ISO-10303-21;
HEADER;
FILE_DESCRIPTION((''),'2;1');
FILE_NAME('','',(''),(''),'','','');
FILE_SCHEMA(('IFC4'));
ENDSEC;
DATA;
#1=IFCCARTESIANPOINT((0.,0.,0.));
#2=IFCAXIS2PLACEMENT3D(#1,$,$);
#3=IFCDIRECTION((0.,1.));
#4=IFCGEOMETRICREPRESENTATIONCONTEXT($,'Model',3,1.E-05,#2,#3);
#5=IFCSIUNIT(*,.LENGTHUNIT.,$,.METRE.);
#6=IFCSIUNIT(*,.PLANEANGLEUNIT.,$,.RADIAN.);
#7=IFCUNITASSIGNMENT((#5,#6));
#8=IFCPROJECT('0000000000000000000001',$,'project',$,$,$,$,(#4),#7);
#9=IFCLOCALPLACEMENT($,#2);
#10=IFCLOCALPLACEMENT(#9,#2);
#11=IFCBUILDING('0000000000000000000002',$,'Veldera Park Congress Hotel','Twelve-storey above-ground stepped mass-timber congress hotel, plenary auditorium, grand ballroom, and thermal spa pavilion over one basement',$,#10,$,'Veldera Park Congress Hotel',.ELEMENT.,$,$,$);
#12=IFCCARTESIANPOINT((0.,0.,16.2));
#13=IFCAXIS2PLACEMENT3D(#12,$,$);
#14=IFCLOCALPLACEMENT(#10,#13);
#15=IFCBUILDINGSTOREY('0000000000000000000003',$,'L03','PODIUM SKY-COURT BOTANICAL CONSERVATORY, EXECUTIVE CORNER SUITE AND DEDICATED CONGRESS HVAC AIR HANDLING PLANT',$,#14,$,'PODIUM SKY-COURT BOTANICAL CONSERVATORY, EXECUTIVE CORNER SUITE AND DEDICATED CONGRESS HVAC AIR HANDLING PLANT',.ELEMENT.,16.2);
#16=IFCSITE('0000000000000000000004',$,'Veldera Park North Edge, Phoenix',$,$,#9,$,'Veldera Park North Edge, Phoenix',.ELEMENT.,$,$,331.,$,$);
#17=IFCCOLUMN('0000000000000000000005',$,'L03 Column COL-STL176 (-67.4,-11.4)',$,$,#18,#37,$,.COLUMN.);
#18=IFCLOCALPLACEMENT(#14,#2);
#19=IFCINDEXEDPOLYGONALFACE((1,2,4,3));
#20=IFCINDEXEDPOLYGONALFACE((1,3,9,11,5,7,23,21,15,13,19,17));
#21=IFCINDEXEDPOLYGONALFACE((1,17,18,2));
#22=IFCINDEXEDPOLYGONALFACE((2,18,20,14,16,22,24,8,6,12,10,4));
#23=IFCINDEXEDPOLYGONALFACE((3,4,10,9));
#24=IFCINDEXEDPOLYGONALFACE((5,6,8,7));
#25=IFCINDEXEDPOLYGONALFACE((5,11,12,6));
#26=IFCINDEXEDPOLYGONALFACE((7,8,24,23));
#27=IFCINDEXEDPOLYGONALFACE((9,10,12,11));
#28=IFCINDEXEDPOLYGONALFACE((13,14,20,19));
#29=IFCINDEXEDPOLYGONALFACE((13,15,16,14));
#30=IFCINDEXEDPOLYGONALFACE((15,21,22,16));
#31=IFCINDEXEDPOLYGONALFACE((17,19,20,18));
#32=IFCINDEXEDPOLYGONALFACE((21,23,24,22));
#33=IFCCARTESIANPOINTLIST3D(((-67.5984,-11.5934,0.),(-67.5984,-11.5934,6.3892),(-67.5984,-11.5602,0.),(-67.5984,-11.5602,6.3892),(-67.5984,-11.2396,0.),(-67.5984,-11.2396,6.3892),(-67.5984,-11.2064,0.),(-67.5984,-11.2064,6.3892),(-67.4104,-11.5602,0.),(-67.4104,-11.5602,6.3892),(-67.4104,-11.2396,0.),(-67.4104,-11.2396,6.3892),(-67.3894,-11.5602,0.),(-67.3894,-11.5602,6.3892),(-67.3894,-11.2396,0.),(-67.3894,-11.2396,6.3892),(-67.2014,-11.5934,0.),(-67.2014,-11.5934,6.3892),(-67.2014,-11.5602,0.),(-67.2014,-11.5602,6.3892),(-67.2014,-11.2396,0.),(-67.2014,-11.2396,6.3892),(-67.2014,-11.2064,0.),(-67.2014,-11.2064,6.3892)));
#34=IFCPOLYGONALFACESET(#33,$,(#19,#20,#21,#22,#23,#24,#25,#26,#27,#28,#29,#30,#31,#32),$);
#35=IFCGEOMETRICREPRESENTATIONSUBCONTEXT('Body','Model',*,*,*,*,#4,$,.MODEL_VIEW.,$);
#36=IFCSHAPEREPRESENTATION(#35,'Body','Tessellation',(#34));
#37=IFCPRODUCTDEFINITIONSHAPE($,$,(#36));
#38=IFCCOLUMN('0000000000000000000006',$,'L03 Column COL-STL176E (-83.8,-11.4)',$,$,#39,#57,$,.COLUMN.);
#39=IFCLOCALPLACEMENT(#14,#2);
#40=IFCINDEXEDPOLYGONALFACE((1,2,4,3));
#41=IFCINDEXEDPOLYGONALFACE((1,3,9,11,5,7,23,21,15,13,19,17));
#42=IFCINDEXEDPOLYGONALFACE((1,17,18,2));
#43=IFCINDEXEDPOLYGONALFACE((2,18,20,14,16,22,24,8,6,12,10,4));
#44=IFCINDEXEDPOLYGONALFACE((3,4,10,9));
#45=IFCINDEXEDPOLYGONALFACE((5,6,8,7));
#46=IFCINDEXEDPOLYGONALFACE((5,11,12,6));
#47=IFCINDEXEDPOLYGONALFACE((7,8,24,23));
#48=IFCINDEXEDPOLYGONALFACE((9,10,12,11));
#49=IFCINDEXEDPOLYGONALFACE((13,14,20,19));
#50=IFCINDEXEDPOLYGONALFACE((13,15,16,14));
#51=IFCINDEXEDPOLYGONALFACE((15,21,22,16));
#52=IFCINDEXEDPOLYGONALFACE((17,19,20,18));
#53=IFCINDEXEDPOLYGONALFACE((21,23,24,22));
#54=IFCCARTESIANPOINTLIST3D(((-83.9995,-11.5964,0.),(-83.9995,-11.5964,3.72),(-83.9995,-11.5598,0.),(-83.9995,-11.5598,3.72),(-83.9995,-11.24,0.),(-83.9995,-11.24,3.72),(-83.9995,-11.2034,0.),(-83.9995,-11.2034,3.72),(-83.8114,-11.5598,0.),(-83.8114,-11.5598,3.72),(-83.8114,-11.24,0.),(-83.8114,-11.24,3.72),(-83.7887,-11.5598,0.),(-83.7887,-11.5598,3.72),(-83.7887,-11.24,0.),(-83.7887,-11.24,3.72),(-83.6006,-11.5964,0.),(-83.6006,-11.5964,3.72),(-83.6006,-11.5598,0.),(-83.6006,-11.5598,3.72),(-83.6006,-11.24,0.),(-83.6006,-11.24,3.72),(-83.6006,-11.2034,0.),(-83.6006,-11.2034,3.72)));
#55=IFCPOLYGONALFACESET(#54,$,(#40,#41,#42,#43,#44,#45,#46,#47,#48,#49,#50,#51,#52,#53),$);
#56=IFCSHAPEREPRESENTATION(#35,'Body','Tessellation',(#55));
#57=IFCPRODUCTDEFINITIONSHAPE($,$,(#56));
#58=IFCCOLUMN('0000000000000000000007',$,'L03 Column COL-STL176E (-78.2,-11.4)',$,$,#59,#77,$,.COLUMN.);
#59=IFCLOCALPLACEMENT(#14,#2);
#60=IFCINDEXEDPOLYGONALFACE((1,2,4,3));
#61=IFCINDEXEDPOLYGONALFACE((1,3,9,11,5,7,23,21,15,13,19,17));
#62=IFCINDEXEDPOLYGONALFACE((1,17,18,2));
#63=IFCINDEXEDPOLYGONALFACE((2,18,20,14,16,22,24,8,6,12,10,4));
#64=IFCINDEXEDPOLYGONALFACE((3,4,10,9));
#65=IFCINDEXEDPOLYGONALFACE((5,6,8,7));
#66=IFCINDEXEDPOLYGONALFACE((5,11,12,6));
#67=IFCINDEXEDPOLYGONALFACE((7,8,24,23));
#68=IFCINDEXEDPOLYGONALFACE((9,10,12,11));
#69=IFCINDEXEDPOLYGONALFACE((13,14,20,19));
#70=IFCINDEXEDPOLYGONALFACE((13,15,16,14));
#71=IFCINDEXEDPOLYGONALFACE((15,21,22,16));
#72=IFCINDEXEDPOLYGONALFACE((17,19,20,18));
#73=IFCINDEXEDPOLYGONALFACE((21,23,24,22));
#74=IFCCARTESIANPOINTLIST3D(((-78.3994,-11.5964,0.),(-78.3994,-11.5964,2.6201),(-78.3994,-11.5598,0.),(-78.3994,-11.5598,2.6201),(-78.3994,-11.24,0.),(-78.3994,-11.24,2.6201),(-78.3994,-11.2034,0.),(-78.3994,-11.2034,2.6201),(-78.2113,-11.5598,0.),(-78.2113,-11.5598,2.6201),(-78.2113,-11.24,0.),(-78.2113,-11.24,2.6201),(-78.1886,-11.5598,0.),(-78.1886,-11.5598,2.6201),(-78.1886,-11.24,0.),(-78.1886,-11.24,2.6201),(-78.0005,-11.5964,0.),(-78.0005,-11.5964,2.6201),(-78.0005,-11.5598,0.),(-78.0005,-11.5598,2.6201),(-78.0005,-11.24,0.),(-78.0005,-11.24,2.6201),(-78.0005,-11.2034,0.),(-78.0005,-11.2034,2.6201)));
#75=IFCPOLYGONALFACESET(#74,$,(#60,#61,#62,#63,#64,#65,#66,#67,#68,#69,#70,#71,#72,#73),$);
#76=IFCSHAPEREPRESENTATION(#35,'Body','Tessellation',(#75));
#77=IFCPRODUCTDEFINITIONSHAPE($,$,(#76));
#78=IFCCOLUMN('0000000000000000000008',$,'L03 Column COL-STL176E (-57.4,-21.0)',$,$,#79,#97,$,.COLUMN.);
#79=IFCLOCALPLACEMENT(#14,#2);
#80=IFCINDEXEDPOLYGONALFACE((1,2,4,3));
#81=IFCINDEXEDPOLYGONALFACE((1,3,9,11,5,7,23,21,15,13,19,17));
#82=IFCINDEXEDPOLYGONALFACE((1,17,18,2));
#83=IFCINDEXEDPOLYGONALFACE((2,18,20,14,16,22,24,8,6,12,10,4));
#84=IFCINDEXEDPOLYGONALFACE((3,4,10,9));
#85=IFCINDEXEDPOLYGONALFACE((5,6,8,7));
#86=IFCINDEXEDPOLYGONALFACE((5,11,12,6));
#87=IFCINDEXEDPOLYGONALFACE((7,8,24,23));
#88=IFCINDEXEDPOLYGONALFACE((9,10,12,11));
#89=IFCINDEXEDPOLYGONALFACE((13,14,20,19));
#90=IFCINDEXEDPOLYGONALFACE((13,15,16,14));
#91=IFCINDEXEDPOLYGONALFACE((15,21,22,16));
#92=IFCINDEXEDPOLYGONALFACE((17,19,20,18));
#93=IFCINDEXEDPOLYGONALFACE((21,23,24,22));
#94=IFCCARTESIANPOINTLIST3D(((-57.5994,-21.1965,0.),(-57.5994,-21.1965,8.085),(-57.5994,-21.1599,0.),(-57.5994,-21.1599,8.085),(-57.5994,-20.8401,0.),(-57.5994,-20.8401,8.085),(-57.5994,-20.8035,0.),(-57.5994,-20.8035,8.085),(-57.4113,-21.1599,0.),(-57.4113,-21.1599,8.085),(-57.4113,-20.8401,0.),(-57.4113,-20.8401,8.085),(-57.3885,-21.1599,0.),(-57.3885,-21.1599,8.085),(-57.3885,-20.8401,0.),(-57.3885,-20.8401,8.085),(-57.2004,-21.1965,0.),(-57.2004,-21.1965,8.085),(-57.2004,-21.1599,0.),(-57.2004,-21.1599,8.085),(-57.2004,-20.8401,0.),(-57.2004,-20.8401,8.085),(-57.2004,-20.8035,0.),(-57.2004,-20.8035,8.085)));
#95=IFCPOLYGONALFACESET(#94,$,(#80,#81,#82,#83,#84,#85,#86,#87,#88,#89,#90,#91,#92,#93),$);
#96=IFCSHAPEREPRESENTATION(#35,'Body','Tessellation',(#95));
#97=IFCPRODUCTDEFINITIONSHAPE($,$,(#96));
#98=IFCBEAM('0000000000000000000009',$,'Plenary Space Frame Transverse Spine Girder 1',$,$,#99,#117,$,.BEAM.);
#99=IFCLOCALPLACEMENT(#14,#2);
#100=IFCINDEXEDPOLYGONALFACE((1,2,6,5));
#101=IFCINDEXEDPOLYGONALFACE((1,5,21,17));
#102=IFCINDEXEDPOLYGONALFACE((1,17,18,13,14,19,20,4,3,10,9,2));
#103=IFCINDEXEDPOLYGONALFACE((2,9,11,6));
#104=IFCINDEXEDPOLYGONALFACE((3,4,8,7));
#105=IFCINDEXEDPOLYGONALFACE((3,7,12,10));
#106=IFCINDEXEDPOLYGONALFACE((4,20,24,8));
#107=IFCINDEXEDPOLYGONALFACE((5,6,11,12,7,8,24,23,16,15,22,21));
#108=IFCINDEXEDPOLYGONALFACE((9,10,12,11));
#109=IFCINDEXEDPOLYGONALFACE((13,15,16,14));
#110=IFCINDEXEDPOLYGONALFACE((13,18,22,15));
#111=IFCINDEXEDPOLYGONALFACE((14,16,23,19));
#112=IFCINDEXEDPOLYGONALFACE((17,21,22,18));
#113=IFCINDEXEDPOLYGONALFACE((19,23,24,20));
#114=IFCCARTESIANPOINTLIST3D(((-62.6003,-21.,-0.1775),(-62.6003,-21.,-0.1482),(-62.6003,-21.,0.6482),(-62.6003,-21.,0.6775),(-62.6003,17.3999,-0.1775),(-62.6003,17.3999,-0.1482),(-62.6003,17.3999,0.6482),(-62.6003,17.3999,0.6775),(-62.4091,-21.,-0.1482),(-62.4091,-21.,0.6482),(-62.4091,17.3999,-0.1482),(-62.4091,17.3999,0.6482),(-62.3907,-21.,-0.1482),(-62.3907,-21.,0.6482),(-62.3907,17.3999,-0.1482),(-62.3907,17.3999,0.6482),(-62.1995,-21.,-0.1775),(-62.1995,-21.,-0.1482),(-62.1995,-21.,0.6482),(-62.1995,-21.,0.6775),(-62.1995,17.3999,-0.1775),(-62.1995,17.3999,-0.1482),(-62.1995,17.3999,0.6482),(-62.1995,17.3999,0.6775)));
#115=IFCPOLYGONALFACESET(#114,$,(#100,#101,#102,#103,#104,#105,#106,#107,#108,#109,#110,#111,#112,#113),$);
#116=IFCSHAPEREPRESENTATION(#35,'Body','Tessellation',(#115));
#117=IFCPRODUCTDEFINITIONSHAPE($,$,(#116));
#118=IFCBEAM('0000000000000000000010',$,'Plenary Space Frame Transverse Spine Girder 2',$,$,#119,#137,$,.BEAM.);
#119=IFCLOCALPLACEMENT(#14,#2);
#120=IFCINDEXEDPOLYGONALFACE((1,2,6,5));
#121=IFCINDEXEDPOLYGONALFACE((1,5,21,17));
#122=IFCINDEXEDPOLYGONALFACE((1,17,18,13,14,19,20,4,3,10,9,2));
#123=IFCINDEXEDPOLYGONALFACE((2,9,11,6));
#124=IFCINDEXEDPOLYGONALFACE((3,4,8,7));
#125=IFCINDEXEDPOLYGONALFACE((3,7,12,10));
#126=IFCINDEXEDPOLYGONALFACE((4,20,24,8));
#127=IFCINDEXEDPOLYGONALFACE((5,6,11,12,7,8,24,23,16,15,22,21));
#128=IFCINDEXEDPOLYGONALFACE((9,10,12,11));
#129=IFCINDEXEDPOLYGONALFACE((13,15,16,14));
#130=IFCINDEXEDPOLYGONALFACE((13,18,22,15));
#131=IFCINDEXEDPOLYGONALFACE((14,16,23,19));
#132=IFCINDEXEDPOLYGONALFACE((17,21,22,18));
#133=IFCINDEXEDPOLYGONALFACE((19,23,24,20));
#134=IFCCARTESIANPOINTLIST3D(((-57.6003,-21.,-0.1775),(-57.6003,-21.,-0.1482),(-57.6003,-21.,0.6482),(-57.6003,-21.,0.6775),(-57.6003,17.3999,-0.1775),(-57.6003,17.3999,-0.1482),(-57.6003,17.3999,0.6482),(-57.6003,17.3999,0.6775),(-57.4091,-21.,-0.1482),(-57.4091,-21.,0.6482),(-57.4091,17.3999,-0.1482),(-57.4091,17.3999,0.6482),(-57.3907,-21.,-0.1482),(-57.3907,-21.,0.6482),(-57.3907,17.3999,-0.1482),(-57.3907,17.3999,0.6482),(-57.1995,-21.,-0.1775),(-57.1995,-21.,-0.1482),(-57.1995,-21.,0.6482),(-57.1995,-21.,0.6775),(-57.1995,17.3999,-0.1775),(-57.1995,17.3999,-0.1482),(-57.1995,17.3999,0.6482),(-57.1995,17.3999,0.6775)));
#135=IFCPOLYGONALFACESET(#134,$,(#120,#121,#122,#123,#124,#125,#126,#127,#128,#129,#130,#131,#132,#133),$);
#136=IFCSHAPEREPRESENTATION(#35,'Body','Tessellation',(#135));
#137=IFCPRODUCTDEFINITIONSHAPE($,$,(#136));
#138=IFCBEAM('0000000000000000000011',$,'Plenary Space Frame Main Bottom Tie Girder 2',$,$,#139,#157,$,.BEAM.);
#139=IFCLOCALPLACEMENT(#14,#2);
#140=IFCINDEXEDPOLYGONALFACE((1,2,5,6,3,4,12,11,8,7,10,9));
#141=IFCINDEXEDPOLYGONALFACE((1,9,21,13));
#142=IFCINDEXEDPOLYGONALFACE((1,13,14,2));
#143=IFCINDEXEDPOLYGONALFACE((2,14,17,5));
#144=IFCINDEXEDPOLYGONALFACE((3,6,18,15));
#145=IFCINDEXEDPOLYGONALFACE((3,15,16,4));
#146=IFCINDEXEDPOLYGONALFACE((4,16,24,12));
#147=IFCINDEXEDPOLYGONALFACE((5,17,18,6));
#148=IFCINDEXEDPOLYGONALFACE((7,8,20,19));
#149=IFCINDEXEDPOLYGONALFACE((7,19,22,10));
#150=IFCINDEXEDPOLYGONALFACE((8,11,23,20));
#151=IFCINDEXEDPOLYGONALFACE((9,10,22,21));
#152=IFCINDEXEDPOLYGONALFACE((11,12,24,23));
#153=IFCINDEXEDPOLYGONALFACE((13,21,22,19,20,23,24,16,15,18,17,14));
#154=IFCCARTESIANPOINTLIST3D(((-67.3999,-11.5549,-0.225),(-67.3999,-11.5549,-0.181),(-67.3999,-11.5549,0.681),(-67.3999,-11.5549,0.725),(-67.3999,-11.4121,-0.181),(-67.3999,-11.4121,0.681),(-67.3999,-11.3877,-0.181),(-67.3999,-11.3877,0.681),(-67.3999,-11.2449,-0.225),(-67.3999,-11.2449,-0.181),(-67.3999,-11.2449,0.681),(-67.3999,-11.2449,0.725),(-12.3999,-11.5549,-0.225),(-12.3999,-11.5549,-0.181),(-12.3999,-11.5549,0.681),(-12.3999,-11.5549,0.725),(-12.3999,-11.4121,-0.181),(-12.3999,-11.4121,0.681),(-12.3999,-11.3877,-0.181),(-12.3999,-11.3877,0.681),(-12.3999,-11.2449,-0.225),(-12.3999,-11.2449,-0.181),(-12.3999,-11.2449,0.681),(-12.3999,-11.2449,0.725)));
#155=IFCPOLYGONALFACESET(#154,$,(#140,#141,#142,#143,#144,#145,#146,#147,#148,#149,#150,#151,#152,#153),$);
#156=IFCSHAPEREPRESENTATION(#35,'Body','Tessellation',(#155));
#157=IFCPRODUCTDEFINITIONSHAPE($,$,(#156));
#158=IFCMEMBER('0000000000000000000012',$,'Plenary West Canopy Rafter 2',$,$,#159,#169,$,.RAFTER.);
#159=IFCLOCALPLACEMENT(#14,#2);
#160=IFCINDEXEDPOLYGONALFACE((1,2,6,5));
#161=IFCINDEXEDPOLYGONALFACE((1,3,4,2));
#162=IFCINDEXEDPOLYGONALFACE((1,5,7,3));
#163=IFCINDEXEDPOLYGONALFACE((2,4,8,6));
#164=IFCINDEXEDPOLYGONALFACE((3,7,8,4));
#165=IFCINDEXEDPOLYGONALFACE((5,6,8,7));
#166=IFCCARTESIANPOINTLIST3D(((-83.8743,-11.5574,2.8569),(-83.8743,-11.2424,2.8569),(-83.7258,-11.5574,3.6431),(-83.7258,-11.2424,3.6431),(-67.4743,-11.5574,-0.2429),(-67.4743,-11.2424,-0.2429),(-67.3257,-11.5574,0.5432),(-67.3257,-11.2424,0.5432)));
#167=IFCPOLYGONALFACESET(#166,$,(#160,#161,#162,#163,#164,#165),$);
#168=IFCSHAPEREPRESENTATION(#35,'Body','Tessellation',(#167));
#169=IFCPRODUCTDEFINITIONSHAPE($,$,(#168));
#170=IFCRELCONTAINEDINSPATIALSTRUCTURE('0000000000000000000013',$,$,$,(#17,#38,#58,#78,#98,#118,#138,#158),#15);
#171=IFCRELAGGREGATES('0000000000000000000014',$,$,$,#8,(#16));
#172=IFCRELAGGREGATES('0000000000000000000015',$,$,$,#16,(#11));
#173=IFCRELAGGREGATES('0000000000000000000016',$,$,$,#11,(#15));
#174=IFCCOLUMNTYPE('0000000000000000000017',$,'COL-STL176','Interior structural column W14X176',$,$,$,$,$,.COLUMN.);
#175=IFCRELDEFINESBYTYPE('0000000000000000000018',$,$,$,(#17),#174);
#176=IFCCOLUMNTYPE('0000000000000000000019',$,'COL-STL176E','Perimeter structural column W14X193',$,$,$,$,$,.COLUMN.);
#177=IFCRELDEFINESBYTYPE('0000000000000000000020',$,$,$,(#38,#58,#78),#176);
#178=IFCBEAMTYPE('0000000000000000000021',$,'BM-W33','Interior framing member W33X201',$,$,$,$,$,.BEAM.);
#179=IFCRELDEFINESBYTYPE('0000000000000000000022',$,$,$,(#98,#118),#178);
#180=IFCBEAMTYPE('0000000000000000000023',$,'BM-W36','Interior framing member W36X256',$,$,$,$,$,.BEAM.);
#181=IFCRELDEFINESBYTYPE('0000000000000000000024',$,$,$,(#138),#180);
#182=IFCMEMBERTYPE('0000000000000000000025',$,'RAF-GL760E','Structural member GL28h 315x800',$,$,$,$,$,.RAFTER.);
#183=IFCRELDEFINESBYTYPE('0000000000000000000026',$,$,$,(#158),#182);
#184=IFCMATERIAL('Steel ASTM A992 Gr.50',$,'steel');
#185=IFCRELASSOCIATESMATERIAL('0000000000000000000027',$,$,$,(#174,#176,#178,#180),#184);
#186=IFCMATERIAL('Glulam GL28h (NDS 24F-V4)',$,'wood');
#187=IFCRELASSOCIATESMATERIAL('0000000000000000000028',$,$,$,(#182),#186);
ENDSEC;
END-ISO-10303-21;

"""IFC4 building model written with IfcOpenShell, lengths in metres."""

from ifc_helpers import new_model, si_unit, direction, frame, origin, origin_2d, place, context, subcontext, project, spatial, rectangle, i_section, extrude, material, material_profile, profile_set, type_object, element, save


model = new_model("IFC4")

# Units and contexts
model_context = context("Model", 3, precision=1e-05, world=origin(), true_north=direction((0.0, 1.0)))
body_context = subcontext(model_context, "Body", "Model", "MODEL_VIEW")
ifc_project = project(units=[si_unit("LENGTHUNIT", "METRE"), si_unit("PLANEANGLEUNIT", "RADIAN")], contexts=[model_context])

# Site, building, storey
site_placement = place(None, origin())
site = spatial("IfcSite", under=ifc_project, at=site_placement, Name="Veldera Park North Edge, Phoenix", LongName="Veldera Park North Edge, Phoenix", CompositionType="ELEMENT", RefElevation=331.0)
building_placement = place(site_placement, origin())
building = spatial("IfcBuilding", under=site, at=building_placement, Name="Veldera Park Congress Hotel", Description="Twelve-storey above-ground stepped mass-timber congress hotel, plenary auditorium, grand ballroom, and thermal spa pavilion over one basement", LongName="Veldera Park Congress Hotel", CompositionType="ELEMENT")
storey_placement = place(building_placement, frame((0.0, 0.0, 16.2)))
storey = spatial("IfcBuildingStorey", under=building, at=storey_placement, Name="L03", Description="PODIUM SKY-COURT BOTANICAL CONSERVATORY, EXECUTIVE CORNER SUITE AND DEDICATED CONGRESS HVAC AIR HANDLING PLANT", LongName="PODIUM SKY-COURT BOTANICAL CONSERVATORY, EXECUTIVE CORNER SUITE AND DEDICATED CONGRESS HVAC AIR HANDLING PLANT", CompositionType="ELEMENT", Elevation=16.2)

# Columns
ifc_material_1 = material(Name="Steel ASTM A992 Gr.50", Category="steel")
ifc_material_profile_1 = material_profile(ifc_material_1, i_section(OverallWidth=0.397, OverallDepth=0.387, WebThickness=0.021, FlangeThickness=0.0332, at=origin_2d()), Name="W14X176")
ifc_profile_set_1 = profile_set([ifc_material_profile_1], Name="Steel ASTM A992 Gr.50")
column_type_1 = type_object("IfcColumnType", Name="COL-STL176", Description="Interior structural column W14X176", PredefinedType="COLUMN", material=ifc_profile_set_1)
column_1_placement = place(storey_placement, frame((-67.3999, -11.3999, 0.0), z_axis=(0.0, 0.0, 1.0), x_axis=(1.0, 0.0, 0.0)))
element("IfcColumn", 1, at=column_1_placement, inside=storey, type_object=column_type_1, Name="L03 Column COL-STL176 (-67.4,-11.4)", PredefinedType="COLUMN", context=body_context, shape_type="SweptSolid", body=[
    extrude(i_section(OverallWidth=0.397, OverallDepth=0.387, WebThickness=0.021, FlangeThickness=0.0332, at=origin_2d()), origin(), (0.0, 0.0, 1.0), 6.3892),
])
ifc_material_profile_2 = material_profile(ifc_material_1, i_section(OverallWidth=0.3989, OverallDepth=0.3931, WebThickness=0.0227, FlangeThickness=0.0366, at=origin_2d()), Name="W14X193")
ifc_profile_set_2 = profile_set([ifc_material_profile_2], Name="Steel ASTM A992 Gr.50")
column_type_2 = type_object("IfcColumnType", Name="COL-STL176E", Description="Perimeter structural column W14X193", PredefinedType="COLUMN", material=ifc_profile_set_2)
column_2_placement = place(storey_placement, frame((-83.8, -11.3999, 0.0), z_axis=(0.0, 0.0, 1.0), x_axis=(1.0, 0.0, 0.0)))
element("IfcColumn", 2, at=column_2_placement, inside=storey, type_object=column_type_2, Name="L03 Column COL-STL176E (-83.8,-11.4)", PredefinedType="COLUMN", context=body_context, shape_type="SweptSolid", body=[
    extrude(i_section(OverallWidth=0.3989, OverallDepth=0.3931, WebThickness=0.0227, FlangeThickness=0.0366, at=origin_2d()), origin(), (0.0, 0.0, 1.0), 3.72),
])
column_3_placement = place(storey_placement, frame((-78.2, -11.3999, 0.0), z_axis=(0.0, 0.0, 1.0), x_axis=(1.0, 0.0, 0.0)))
element("IfcColumn", 3, at=column_3_placement, inside=storey, type_object=column_type_2, Name="L03 Column COL-STL176E (-78.2,-11.4)", PredefinedType="COLUMN", context=body_context, shape_type="SweptSolid", body=[
    extrude(i_section(OverallWidth=0.3989, OverallDepth=0.3931, WebThickness=0.0227, FlangeThickness=0.0366, at=origin_2d()), origin(), (0.0, 0.0, 1.0), 2.6201),
])
column_4_placement = place(storey_placement, frame((-57.3999, -21.0, 0.0), z_axis=(0.0, 0.0, 1.0), x_axis=(1.0, 0.0, 0.0)))
element("IfcColumn", 4, at=column_4_placement, inside=storey, type_object=column_type_2, Name="L03 Column COL-STL176E (-57.4,-21.0)", PredefinedType="COLUMN", context=body_context, shape_type="SweptSolid", body=[
    extrude(i_section(OverallWidth=0.3989, OverallDepth=0.3931, WebThickness=0.0227, FlangeThickness=0.0366, at=origin_2d()), origin(), (0.0, 0.0, 1.0), 8.085),
])

# Beams
ifc_material_profile_3 = material_profile(ifc_material_1, i_section(OverallWidth=0.4009, OverallDepth=0.855, WebThickness=0.0183, FlangeThickness=0.0293, at=origin_2d()), Name="W33X201")
ifc_profile_set_3 = profile_set([ifc_material_profile_3], Name="Steel ASTM A992 Gr.50")
beam_type_1 = type_object("IfcBeamType", Name="BM-W33", Description="Interior framing member W33X201", PredefinedType="BEAM", material=ifc_profile_set_3)
for number, where, z_axis, x_axis, name in (
    (5, (-62.3999, -21.0, 0.25), (0.0, 1.0, 0.0), (-1.0, 0.0, 0.0), "Plenary Space Frame Transverse Spine Girder 1"),
    (6, (-57.3999, -21.0, 0.25), (0.0, 1.0, 0.0), (-1.0, 0.0, 0.0), "Plenary Space Frame Transverse Spine Girder 2"),
):
    element("IfcBeam", number, at=place(storey_placement, frame(where, z_axis=z_axis, x_axis=x_axis)), inside=storey, type_object=beam_type_1, Name=name, PredefinedType="BEAM", context=body_context, shape_type="SweptSolid", body=[
        extrude(i_section(OverallWidth=0.4009, OverallDepth=0.855, WebThickness=0.0183, FlangeThickness=0.0293, at=origin_2d()), origin(), (0.0, 0.0, 1.0), 38.3999),
    ])
ifc_material_profile_4 = material_profile(ifc_material_1, i_section(OverallWidth=0.3101, OverallDepth=0.95, WebThickness=0.0244, FlangeThickness=0.0439, at=origin_2d()), Name="W36X256")
ifc_profile_set_4 = profile_set([ifc_material_profile_4], Name="Steel ASTM A992 Gr.50")
beam_type_2 = type_object("IfcBeamType", Name="BM-W36", Description="Interior framing member W36X256", PredefinedType="BEAM", material=ifc_profile_set_4)
beam_placement = place(storey_placement, frame((-67.3999, -11.3999, 0.25), z_axis=(1.0, 0.0, 0.0), x_axis=(0.0, 1.0, 0.0)))
element("IfcBeam", 7, at=beam_placement, inside=storey, type_object=beam_type_2, Name="Plenary Space Frame Main Bottom Tie Girder 2", PredefinedType="BEAM", context=body_context, shape_type="SweptSolid", body=[
    extrude(i_section(OverallWidth=0.3101, OverallDepth=0.95, WebThickness=0.0244, FlangeThickness=0.0439, at=origin_2d()), origin(), (0.0, 0.0, 1.0), 55.0),
])

# Member
ifc_material_2 = material(Name="Glulam GL28h (NDS 24F-V4)", Category="wood")
ifc_material_profile_5 = material_profile(ifc_material_2, rectangle(XDim=0.3149, YDim=0.8, at=origin_2d()), Name="GL28h 315x800")
ifc_profile_set_5 = profile_set([ifc_material_profile_5], Name="Glulam GL28h (NDS 24F-V4)")
member_type_1 = type_object("IfcMemberType", Name="RAF-GL760E", Description="Structural member GL28h 315x800", PredefinedType="RAFTER", material=ifc_profile_set_5)
member_1_placement = place(storey_placement, frame((-83.8, -11.3999, 3.25), z_axis=(0.982602, 0.0, -0.185725), x_axis=(0.0, 1.0, 0.0)))
element("IfcMember", 8, at=member_1_placement, inside=storey, type_object=member_type_1, Name="Plenary West Canopy Rafter 2", PredefinedType="RAFTER", context=body_context, shape_type="SweptSolid", body=[
    extrude(rectangle(XDim=0.3149, YDim=0.8, at=origin_2d()), origin(), (0.0, 0.0, 1.0), 16.6904),
])

save(model, "model.ifc")
